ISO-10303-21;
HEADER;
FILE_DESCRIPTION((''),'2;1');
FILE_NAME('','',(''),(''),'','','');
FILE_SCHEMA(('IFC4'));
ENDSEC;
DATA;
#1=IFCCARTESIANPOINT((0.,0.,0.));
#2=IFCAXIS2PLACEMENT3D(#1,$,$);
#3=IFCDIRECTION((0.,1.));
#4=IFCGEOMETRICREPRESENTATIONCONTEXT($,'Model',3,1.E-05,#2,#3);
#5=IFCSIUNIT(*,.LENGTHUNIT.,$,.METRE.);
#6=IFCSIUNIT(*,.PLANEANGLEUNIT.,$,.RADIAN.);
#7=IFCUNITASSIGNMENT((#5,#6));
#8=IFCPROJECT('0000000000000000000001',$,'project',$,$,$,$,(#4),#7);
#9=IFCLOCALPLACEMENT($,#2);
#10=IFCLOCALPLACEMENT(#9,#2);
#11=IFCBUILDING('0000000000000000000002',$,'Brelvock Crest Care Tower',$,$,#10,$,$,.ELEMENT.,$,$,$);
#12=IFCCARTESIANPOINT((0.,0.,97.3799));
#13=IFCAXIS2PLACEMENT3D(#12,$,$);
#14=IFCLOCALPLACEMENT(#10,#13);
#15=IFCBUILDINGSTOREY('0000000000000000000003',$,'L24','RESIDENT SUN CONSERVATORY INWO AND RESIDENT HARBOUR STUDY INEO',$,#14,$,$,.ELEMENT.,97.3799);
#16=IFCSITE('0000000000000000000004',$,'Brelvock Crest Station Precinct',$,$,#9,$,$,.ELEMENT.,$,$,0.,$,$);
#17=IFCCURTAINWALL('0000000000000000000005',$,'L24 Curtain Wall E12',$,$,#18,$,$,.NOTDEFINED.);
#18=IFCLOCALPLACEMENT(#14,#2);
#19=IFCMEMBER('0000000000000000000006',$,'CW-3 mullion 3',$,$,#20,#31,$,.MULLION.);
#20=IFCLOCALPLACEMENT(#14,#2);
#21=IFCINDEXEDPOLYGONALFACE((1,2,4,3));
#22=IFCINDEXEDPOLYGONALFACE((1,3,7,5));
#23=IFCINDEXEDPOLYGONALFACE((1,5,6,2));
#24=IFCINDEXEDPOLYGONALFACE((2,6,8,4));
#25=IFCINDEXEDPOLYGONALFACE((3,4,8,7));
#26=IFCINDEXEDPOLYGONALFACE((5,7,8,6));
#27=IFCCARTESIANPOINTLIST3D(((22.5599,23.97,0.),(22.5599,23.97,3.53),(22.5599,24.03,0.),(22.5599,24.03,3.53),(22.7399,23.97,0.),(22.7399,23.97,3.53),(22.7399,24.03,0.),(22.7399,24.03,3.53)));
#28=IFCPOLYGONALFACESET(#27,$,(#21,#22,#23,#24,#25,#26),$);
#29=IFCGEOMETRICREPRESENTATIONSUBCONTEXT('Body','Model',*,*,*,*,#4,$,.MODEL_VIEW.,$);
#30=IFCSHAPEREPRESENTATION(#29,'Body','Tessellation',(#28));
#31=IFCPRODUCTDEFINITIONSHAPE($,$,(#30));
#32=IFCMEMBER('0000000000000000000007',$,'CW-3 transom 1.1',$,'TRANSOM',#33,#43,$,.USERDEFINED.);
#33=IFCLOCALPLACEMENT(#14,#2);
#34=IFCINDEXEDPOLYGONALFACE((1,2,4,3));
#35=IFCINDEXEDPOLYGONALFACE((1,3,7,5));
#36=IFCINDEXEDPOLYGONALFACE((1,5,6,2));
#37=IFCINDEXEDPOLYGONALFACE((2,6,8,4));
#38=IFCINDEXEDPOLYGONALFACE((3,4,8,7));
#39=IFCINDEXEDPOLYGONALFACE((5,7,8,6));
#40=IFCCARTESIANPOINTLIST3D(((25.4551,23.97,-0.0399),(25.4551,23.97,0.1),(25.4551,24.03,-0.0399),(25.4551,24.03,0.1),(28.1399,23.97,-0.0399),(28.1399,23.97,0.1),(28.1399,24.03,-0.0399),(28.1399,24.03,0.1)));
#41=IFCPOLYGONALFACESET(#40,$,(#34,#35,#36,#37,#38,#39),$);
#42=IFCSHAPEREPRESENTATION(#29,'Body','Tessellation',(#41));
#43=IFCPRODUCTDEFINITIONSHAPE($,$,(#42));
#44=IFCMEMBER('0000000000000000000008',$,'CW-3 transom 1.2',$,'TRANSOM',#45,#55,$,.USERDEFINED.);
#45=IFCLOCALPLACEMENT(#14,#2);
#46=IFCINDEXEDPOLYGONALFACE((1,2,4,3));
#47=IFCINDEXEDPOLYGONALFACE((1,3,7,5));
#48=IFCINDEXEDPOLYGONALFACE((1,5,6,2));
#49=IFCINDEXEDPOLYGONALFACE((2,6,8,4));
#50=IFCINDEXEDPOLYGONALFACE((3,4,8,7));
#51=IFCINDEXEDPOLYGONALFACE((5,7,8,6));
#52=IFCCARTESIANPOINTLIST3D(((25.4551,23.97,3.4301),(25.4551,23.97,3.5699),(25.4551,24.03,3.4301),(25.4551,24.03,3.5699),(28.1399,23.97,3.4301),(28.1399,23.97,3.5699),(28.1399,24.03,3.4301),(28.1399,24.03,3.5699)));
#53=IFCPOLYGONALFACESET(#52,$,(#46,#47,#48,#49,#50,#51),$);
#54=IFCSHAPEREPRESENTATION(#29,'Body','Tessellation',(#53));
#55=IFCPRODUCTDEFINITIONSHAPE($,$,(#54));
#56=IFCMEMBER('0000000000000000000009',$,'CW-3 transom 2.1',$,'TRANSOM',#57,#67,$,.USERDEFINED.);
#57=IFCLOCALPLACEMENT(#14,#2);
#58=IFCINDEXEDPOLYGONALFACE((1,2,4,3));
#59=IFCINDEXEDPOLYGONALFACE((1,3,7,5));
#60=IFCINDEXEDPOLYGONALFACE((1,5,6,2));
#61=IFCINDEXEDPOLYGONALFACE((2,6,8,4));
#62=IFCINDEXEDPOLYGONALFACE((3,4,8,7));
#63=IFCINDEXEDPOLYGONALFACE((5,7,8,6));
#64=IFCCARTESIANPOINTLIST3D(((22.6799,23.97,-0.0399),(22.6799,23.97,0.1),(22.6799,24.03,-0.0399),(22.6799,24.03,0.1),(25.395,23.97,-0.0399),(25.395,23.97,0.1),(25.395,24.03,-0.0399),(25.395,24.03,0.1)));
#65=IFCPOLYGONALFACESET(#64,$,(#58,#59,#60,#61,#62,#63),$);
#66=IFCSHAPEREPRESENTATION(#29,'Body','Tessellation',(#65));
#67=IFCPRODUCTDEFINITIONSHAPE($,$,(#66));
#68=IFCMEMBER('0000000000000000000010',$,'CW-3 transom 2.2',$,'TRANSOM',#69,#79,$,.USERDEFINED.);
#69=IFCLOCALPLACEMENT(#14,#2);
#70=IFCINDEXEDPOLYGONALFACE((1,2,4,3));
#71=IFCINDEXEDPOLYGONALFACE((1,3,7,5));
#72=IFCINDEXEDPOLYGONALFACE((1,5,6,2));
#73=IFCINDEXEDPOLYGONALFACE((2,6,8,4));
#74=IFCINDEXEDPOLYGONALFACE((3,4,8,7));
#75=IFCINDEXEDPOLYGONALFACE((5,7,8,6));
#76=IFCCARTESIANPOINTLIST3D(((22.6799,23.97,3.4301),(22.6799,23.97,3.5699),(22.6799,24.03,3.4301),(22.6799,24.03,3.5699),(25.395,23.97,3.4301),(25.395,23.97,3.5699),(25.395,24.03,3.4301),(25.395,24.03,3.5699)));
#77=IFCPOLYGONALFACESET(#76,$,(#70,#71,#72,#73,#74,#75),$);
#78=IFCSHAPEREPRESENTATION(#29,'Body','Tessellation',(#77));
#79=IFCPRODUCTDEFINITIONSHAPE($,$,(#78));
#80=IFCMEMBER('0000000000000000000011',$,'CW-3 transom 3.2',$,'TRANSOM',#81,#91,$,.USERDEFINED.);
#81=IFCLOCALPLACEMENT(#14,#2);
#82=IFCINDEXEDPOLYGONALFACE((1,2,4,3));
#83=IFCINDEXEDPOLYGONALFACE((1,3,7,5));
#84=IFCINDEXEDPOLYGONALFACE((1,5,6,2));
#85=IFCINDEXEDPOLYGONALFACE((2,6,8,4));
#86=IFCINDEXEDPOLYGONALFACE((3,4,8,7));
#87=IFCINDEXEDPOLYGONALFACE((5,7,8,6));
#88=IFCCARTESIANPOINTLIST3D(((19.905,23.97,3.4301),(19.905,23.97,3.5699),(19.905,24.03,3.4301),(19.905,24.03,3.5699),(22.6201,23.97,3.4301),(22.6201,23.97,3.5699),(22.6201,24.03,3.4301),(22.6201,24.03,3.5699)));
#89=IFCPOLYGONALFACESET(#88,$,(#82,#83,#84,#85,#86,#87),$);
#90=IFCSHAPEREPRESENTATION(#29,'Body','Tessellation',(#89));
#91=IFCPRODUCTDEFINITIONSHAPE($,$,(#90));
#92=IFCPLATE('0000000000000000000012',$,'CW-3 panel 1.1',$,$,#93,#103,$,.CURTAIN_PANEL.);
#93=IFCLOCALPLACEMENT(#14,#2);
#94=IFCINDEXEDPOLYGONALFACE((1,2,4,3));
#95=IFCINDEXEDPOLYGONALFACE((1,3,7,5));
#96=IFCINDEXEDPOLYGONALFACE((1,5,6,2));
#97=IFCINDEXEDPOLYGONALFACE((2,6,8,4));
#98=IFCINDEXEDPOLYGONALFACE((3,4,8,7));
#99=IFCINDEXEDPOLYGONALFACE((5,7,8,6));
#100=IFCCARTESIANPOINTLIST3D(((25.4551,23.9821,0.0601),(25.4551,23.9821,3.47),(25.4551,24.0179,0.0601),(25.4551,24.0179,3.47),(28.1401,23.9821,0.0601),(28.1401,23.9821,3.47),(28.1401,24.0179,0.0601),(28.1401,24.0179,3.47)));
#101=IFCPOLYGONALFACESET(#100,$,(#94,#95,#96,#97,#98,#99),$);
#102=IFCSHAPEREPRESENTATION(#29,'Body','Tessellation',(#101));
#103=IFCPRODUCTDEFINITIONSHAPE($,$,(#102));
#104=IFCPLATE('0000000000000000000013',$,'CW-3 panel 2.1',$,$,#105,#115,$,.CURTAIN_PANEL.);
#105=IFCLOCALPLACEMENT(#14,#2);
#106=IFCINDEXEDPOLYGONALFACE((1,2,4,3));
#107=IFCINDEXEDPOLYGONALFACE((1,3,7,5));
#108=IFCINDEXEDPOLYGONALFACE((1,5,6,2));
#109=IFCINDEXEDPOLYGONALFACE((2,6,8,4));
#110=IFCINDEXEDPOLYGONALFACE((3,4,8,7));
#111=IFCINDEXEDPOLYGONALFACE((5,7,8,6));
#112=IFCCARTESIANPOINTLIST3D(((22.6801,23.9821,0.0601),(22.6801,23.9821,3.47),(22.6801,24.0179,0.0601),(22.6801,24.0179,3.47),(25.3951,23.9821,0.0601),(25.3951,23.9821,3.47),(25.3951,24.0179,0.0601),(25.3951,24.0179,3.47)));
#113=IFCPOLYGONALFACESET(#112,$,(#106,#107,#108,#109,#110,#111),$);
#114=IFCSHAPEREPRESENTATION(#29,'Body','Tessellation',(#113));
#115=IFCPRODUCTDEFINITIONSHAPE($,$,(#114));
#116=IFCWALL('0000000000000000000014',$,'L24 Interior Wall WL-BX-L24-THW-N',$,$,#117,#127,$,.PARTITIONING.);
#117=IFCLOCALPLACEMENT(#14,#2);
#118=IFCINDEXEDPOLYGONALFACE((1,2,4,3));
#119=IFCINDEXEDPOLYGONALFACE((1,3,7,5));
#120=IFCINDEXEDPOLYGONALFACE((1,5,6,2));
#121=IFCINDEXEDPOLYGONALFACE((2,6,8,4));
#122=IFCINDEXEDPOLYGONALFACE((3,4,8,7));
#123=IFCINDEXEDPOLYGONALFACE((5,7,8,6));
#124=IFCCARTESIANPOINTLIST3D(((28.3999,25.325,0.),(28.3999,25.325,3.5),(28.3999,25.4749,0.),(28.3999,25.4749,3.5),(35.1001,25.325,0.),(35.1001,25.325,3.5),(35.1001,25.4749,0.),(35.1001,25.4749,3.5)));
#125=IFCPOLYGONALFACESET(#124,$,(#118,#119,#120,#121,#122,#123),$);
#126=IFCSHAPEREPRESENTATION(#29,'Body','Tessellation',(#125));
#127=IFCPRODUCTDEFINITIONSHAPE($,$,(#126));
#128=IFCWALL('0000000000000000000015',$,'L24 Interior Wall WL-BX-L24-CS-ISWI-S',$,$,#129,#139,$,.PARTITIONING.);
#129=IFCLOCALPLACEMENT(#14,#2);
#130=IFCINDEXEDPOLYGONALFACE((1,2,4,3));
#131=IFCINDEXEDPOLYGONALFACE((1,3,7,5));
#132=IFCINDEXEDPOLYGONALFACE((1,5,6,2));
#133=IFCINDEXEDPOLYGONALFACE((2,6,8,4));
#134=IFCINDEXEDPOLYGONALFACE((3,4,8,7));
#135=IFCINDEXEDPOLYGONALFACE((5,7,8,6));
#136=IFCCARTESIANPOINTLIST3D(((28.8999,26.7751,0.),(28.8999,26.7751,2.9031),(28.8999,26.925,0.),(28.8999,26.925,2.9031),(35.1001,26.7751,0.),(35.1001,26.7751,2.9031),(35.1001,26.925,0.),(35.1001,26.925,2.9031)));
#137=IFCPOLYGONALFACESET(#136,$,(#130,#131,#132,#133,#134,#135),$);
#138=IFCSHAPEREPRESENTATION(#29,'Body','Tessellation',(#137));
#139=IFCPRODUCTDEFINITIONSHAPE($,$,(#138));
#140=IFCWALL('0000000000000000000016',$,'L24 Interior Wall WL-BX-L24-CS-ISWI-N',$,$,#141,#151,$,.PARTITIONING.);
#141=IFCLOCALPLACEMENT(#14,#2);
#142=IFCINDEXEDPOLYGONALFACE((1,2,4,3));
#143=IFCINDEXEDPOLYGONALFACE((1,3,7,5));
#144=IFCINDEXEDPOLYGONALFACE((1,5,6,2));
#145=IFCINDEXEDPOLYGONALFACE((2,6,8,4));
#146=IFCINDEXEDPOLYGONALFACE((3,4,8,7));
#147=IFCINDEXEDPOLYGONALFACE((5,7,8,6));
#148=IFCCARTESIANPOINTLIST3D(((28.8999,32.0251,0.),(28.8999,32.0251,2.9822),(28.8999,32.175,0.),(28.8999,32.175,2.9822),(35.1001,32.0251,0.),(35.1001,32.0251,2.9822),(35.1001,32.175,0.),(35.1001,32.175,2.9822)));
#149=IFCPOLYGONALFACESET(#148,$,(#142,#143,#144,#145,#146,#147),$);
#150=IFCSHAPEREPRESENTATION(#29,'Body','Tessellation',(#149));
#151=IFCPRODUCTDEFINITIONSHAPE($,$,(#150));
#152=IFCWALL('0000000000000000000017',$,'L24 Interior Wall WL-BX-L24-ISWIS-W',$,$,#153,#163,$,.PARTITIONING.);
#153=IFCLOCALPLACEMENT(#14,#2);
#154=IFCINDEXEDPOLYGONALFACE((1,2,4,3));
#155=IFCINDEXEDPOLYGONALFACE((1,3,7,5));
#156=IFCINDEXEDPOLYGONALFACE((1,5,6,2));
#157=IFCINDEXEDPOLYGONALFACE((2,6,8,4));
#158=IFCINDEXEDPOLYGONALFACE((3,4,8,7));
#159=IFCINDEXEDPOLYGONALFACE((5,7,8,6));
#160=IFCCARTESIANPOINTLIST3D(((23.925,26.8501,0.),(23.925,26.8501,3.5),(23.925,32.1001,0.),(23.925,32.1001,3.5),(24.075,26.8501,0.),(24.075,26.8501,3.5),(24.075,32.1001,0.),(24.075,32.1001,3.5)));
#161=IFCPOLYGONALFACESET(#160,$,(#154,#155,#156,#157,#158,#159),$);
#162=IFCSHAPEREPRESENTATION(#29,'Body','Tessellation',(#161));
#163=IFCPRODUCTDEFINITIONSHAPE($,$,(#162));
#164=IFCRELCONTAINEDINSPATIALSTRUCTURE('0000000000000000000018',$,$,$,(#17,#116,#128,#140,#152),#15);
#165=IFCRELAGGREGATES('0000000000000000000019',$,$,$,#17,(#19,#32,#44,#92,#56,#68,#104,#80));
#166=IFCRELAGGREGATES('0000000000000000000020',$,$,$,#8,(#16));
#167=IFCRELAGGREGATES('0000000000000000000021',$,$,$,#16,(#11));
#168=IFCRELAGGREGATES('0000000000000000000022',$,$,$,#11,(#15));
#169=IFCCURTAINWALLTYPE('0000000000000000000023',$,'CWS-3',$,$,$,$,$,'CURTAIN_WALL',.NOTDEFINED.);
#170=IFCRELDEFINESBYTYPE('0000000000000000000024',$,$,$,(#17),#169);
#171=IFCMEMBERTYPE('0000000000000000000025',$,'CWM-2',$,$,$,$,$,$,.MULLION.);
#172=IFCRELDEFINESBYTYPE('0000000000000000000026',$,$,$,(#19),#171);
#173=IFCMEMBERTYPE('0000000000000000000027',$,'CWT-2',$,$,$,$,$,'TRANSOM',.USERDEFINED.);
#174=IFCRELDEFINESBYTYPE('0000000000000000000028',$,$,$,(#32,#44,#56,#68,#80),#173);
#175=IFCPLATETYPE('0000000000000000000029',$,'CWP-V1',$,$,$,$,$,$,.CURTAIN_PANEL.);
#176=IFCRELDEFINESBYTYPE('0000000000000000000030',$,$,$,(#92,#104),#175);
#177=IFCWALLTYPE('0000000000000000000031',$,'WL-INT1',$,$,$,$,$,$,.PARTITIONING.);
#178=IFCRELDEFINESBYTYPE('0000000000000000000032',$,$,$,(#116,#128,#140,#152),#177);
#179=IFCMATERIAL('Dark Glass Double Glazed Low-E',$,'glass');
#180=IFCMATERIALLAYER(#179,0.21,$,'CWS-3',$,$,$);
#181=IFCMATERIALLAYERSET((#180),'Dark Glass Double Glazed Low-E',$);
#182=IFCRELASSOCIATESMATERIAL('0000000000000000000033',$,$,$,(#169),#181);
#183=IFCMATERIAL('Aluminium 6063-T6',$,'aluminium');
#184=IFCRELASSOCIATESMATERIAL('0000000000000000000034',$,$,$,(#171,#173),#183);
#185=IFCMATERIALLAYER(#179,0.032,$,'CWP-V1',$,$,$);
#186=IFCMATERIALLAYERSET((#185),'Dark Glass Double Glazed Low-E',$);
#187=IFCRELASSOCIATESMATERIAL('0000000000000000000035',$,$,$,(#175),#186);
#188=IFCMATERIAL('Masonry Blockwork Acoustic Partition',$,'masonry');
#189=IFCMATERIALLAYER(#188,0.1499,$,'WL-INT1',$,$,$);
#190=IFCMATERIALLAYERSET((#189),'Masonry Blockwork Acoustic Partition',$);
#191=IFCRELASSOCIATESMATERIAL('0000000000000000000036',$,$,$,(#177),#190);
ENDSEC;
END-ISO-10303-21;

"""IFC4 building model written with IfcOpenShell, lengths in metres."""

from ifc_helpers import new_model, si_unit, direction, frame, frame_2d, origin, origin_2d, place, context, subcontext, project, spatial, rectangle, extrude, source, transform, mapped, material, layer, layer_set, material_profile, profile_set, type_object, element, aggregate, save


model = new_model("IFC4")

# Units and contexts
model_context = context("Model", 3, precision=1e-05, world=origin(), true_north=direction((0.0, 1.0)))
body_context = subcontext(model_context, "Body", "Model", "MODEL_VIEW")
ifc_project = project(units=[si_unit("LENGTHUNIT", "METRE"), si_unit("PLANEANGLEUNIT", "RADIAN")], contexts=[model_context])

# Site, building, storey
site_placement = place(None, origin())
site = spatial("IfcSite", under=ifc_project, at=site_placement, Name="Brelvock Crest Station Precinct", CompositionType="ELEMENT", RefElevation=0.0)
building_placement = place(site_placement, origin())
building = spatial("IfcBuilding", under=site, at=building_placement, Name="Brelvock Crest Care Tower", CompositionType="ELEMENT")
storey_placement = place(building_placement, frame((0.0, 0.0, 97.3799)))
storey = spatial("IfcBuildingStorey", under=building, at=storey_placement, Name="L24", Description="RESIDENT SUN CONSERVATORY INWO AND RESIDENT HARBOUR STUDY INEO", CompositionType="ELEMENT", Elevation=97.3799)

# Curtain wall, members, plates
ifc_material_1 = material(Name="Dark Glass Double Glazed Low-E", Category="glass")
ifc_layer_1 = layer(ifc_material_1, 0.21, Name="CWS-3")
ifc_layer_set_1 = layer_set([ifc_layer_1], Name="Dark Glass Double Glazed Low-E")
curtain_wall_type = type_object("IfcCurtainWallType", Name="CWS-3", ElementType="CURTAIN_WALL", PredefinedType="NOTDEFINED", material=ifc_layer_set_1)
curtain_wall_placement = place(storey_placement, origin())
curtain_wall = element("IfcCurtainWall", 1, at=curtain_wall_placement, inside=storey, type_object=curtain_wall_type, Name="L24 Curtain Wall E12", PredefinedType="NOTDEFINED")
ifc_material_2 = material(Name="Aluminium 6063-T6", Category="aluminium")
ifc_material_profile_1 = material_profile(ifc_material_2, rectangle(XDim=0.0601, YDim=0.1799, at=origin_2d()), Name="ALU60x180")
ifc_profile_set_1 = profile_set([ifc_material_profile_1], Name="Aluminium 6063-T6")
member_type_1 = type_object("IfcMemberType", Name="CWM-2", PredefinedType="MULLION", material=ifc_profile_set_1)
shared_shape_1 = source(origin(), body_context, "Body", "SweptSolid", [
    extrude(rectangle(XDim=0.0601, YDim=0.1799, at=origin_2d()), origin(), (0.0, 0.0, 1.0), 3.53),
])
member_1_placement = place(storey_placement, frame((22.6499, 24.0, 0.0), z_axis=(0.0, 0.0, 1.0), x_axis=(0.0, -1.0, 0.0)))
member_1 = element("IfcMember", 2, at=member_1_placement, type_object=member_type_1, Name="CW-3 mullion 3", PredefinedType="MULLION", context=body_context, shape_type="MappedRepresentation", body=[
    mapped(shared_shape_1, transform((0.0, 0.0, 0.0), x_axis=(1.0, 0.0, 0.0), y_axis=(0.0, 1.0, 0.0), z_axis=(0.0, 0.0, 1.0), scale=1.0)),
])
ifc_material_profile_2 = material_profile(ifc_material_2, rectangle(XDim=0.0601, YDim=0.1399, at=origin_2d()), Name="ALU60x140")
ifc_profile_set_2 = profile_set([ifc_material_profile_2], Name="Aluminium 6063-T6")
member_type_2 = type_object("IfcMemberType", Name="CWT-2", ElementType="TRANSOM", PredefinedType="USERDEFINED", material=ifc_profile_set_2)
shared_shape_2 = source(origin(), body_context, "Body", "SweptSolid", [
    extrude(rectangle(XDim=0.0601, YDim=0.1399, at=origin_2d()), origin(), (0.0, 0.0, 1.0), 2.6848),
])
member_2_placement = place(storey_placement, frame((28.1399, 24.0, 0.03), z_axis=(-1.0, 0.0, 0.0), x_axis=(0.0, -1.0, 0.0)))
member_2 = element("IfcMember", 3, at=member_2_placement, type_object=member_type_2, Name="CW-3 transom 1.1", ObjectType="TRANSOM", PredefinedType="USERDEFINED", context=body_context, shape_type="MappedRepresentation", body=[
    mapped(shared_shape_2, transform((0.0, 0.0, 0.0), x_axis=(1.0, 0.0, 0.0), y_axis=(0.0, 1.0, 0.0), z_axis=(0.0, 0.0, 1.0), scale=1.0)),
])
member_3_placement = place(storey_placement, frame((28.1399, 24.0, 3.5), z_axis=(-1.0, 0.0, 0.0), x_axis=(0.0, -1.0, 0.0)))
member_3 = element("IfcMember", 4, at=member_3_placement, type_object=member_type_2, Name="CW-3 transom 1.2", ObjectType="TRANSOM", PredefinedType="USERDEFINED", context=body_context, shape_type="MappedRepresentation", body=[
    mapped(shared_shape_2, transform((0.0, 0.0, 0.0), x_axis=(1.0, 0.0, 0.0), y_axis=(0.0, 1.0, 0.0), z_axis=(0.0, 0.0, 1.0), scale=1.0)),
])
shared_shape_3 = source(origin(), body_context, "Body", "SweptSolid", [
    extrude(rectangle(XDim=0.0601, YDim=0.1399, at=origin_2d()), origin(), (0.0, 0.0, 1.0), 2.7151),
])
member_4_placement = place(storey_placement, frame((25.395, 24.0, 0.03), z_axis=(-1.0, 0.0, 0.0), x_axis=(0.0, -1.0, 0.0)))
member_4 = element("IfcMember", 5, at=member_4_placement, type_object=member_type_2, Name="CW-3 transom 2.1", ObjectType="TRANSOM", PredefinedType="USERDEFINED", context=body_context, shape_type="MappedRepresentation", body=[
    mapped(shared_shape_3, transform((0.0, 0.0, 0.0), x_axis=(1.0, 0.0, 0.0), y_axis=(0.0, 1.0, 0.0), z_axis=(0.0, 0.0, 1.0), scale=1.0)),
])
member_5_placement = place(storey_placement, frame((25.395, 24.0, 3.5), z_axis=(-1.0, 0.0, 0.0), x_axis=(0.0, -1.0, 0.0)))
member_5 = element("IfcMember", 6, at=member_5_placement, type_object=member_type_2, Name="CW-3 transom 2.2", ObjectType="TRANSOM", PredefinedType="USERDEFINED", context=body_context, shape_type="MappedRepresentation", body=[
    mapped(shared_shape_3, transform((0.0, 0.0, 0.0), x_axis=(1.0, 0.0, 0.0), y_axis=(0.0, 1.0, 0.0), z_axis=(0.0, 0.0, 1.0), scale=1.0)),
])
member_6_placement = place(storey_placement, frame((22.6201, 24.0, 3.5), z_axis=(-1.0, 0.0, 0.0), x_axis=(0.0, -1.0, 0.0)))
member_6 = element("IfcMember", 7, at=member_6_placement, type_object=member_type_2, Name="CW-3 transom 3.2", ObjectType="TRANSOM", PredefinedType="USERDEFINED", context=body_context, shape_type="MappedRepresentation", body=[
    mapped(shared_shape_3, transform((0.0, 0.0, 0.0), x_axis=(1.0, 0.0, 0.0), y_axis=(0.0, 1.0, 0.0), z_axis=(0.0, 0.0, 1.0), scale=1.0)),
])
ifc_layer_2 = layer(ifc_material_1, 0.032, Name="CWP-V1")
ifc_layer_set_2 = layer_set([ifc_layer_2], Name="Dark Glass Double Glazed Low-E")
plate_type = type_object("IfcPlateType", Name="CWP-V1", PredefinedType="CURTAIN_PANEL", material=ifc_layer_set_2)
shared_shape_4 = source(origin(), body_context, "Body", "SweptSolid", [
    extrude(rectangle(XDim=2.6851, YDim=0.0359, at=origin_2d()), origin(), (0.0, 0.0, 1.0), 3.4099),
])
plate_1_placement = place(storey_placement, frame((26.7976, 24.0, 0.0601), z_axis=(0.0, 0.0, 1.0), x_axis=(-1.0, 0.0, 0.0)))
plate_1 = element("IfcPlate", 8, at=plate_1_placement, type_object=plate_type, Name="CW-3 panel 1.1", PredefinedType="CURTAIN_PANEL", context=body_context, shape_type="MappedRepresentation", body=[
    mapped(shared_shape_4, transform((0.0, 0.0, 0.0), x_axis=(1.0, 0.0, 0.0), y_axis=(0.0, 1.0, 0.0), z_axis=(0.0, 0.0, 1.0), scale=1.0)),
])
shared_shape_5 = source(origin(), body_context, "Body", "SweptSolid", [
    extrude(rectangle(XDim=2.7151, YDim=0.0359, at=origin_2d()), origin(), (0.0, 0.0, 1.0), 3.4099),
])
plate_2_placement = place(storey_placement, frame((24.0376, 24.0, 0.0601), z_axis=(0.0, 0.0, 1.0), x_axis=(-1.0, 0.0, 0.0)))
plate_2 = element("IfcPlate", 9, at=plate_2_placement, type_object=plate_type, Name="CW-3 panel 2.1", PredefinedType="CURTAIN_PANEL", context=body_context, shape_type="MappedRepresentation", body=[
    mapped(shared_shape_5, transform((0.0, 0.0, 0.0), x_axis=(1.0, 0.0, 0.0), y_axis=(0.0, 1.0, 0.0), z_axis=(0.0, 0.0, 1.0), scale=1.0)),
])
aggregate(curtain_wall, [member_1, member_2, member_3, plate_1, member_4, member_5, plate_2, member_6])

# Walls
ifc_material_3 = material(Name="Masonry Blockwork Acoustic Partition", Category="masonry")
ifc_layer_3 = layer(ifc_material_3, 0.1499, Name="WL-INT1")
ifc_layer_set_3 = layer_set([ifc_layer_3], Name="Masonry Blockwork Acoustic Partition")
wall_type_1 = type_object("IfcWallType", Name="WL-INT1", PredefinedType="PARTITIONING", material=ifc_layer_set_3)
wall_1_placement = place(storey_placement, frame((28.3999, 25.3999, 0.0), z_axis=(0.0, 0.0, 1.0), x_axis=(1.0, 0.0, 0.0)))
element("IfcWall", 10, at=wall_1_placement, inside=storey, type_object=wall_type_1, Name="L24 Interior Wall WL-BX-L24-THW-N", PredefinedType="PARTITIONING", context=body_context, shape_type="SweptSolid", body=[
    extrude(rectangle(XDim=6.7002, YDim=0.1499, at=frame_2d((3.3501, 0.0))), origin(), (0.0, 0.0, 1.0), 3.5),
])
wall_2_placement = place(storey_placement, frame((28.8999, 26.8501, 0.0), z_axis=(0.0, 0.0, 1.0), x_axis=(1.0, 0.0, 0.0)))
element("IfcWall", 11, at=wall_2_placement, inside=storey, type_object=wall_type_1, Name="L24 Interior Wall WL-BX-L24-CS-ISWI-S", PredefinedType="PARTITIONING", context=body_context, shape_type="SweptSolid", body=[
    extrude(rectangle(XDim=6.2002, YDim=0.1499, at=frame_2d((3.1001, 0.0))), origin(), (0.0, 0.0, 1.0), 2.9031),
])
wall_3_placement = place(storey_placement, frame((28.8999, 32.1001, 0.0), z_axis=(0.0, 0.0, 1.0), x_axis=(1.0, 0.0, 0.0)))
element("IfcWall", 12, at=wall_3_placement, inside=storey, type_object=wall_type_1, Name="L24 Interior Wall WL-BX-L24-CS-ISWI-N", PredefinedType="PARTITIONING", context=body_context, shape_type="SweptSolid", body=[
    extrude(rectangle(XDim=6.2002, YDim=0.1499, at=frame_2d((3.1001, 0.0))), origin(), (0.0, 0.0, 1.0), 2.9822),
])
wall_4_placement = place(storey_placement, frame((24.0, 26.8501, 0.0), z_axis=(0.0, 0.0, 1.0), x_axis=(0.0, 1.0, 0.0)))
element("IfcWall", 13, at=wall_4_placement, inside=storey, type_object=wall_type_1, Name="L24 Interior Wall WL-BX-L24-ISWIS-W", PredefinedType="PARTITIONING", context=body_context, shape_type="SweptSolid", body=[
    extrude(rectangle(XDim=5.25, YDim=0.1499, at=frame_2d((2.625, 0.0))), origin(), (0.0, 0.0, 1.0), 3.5),
])

save(model, "model.ifc")
